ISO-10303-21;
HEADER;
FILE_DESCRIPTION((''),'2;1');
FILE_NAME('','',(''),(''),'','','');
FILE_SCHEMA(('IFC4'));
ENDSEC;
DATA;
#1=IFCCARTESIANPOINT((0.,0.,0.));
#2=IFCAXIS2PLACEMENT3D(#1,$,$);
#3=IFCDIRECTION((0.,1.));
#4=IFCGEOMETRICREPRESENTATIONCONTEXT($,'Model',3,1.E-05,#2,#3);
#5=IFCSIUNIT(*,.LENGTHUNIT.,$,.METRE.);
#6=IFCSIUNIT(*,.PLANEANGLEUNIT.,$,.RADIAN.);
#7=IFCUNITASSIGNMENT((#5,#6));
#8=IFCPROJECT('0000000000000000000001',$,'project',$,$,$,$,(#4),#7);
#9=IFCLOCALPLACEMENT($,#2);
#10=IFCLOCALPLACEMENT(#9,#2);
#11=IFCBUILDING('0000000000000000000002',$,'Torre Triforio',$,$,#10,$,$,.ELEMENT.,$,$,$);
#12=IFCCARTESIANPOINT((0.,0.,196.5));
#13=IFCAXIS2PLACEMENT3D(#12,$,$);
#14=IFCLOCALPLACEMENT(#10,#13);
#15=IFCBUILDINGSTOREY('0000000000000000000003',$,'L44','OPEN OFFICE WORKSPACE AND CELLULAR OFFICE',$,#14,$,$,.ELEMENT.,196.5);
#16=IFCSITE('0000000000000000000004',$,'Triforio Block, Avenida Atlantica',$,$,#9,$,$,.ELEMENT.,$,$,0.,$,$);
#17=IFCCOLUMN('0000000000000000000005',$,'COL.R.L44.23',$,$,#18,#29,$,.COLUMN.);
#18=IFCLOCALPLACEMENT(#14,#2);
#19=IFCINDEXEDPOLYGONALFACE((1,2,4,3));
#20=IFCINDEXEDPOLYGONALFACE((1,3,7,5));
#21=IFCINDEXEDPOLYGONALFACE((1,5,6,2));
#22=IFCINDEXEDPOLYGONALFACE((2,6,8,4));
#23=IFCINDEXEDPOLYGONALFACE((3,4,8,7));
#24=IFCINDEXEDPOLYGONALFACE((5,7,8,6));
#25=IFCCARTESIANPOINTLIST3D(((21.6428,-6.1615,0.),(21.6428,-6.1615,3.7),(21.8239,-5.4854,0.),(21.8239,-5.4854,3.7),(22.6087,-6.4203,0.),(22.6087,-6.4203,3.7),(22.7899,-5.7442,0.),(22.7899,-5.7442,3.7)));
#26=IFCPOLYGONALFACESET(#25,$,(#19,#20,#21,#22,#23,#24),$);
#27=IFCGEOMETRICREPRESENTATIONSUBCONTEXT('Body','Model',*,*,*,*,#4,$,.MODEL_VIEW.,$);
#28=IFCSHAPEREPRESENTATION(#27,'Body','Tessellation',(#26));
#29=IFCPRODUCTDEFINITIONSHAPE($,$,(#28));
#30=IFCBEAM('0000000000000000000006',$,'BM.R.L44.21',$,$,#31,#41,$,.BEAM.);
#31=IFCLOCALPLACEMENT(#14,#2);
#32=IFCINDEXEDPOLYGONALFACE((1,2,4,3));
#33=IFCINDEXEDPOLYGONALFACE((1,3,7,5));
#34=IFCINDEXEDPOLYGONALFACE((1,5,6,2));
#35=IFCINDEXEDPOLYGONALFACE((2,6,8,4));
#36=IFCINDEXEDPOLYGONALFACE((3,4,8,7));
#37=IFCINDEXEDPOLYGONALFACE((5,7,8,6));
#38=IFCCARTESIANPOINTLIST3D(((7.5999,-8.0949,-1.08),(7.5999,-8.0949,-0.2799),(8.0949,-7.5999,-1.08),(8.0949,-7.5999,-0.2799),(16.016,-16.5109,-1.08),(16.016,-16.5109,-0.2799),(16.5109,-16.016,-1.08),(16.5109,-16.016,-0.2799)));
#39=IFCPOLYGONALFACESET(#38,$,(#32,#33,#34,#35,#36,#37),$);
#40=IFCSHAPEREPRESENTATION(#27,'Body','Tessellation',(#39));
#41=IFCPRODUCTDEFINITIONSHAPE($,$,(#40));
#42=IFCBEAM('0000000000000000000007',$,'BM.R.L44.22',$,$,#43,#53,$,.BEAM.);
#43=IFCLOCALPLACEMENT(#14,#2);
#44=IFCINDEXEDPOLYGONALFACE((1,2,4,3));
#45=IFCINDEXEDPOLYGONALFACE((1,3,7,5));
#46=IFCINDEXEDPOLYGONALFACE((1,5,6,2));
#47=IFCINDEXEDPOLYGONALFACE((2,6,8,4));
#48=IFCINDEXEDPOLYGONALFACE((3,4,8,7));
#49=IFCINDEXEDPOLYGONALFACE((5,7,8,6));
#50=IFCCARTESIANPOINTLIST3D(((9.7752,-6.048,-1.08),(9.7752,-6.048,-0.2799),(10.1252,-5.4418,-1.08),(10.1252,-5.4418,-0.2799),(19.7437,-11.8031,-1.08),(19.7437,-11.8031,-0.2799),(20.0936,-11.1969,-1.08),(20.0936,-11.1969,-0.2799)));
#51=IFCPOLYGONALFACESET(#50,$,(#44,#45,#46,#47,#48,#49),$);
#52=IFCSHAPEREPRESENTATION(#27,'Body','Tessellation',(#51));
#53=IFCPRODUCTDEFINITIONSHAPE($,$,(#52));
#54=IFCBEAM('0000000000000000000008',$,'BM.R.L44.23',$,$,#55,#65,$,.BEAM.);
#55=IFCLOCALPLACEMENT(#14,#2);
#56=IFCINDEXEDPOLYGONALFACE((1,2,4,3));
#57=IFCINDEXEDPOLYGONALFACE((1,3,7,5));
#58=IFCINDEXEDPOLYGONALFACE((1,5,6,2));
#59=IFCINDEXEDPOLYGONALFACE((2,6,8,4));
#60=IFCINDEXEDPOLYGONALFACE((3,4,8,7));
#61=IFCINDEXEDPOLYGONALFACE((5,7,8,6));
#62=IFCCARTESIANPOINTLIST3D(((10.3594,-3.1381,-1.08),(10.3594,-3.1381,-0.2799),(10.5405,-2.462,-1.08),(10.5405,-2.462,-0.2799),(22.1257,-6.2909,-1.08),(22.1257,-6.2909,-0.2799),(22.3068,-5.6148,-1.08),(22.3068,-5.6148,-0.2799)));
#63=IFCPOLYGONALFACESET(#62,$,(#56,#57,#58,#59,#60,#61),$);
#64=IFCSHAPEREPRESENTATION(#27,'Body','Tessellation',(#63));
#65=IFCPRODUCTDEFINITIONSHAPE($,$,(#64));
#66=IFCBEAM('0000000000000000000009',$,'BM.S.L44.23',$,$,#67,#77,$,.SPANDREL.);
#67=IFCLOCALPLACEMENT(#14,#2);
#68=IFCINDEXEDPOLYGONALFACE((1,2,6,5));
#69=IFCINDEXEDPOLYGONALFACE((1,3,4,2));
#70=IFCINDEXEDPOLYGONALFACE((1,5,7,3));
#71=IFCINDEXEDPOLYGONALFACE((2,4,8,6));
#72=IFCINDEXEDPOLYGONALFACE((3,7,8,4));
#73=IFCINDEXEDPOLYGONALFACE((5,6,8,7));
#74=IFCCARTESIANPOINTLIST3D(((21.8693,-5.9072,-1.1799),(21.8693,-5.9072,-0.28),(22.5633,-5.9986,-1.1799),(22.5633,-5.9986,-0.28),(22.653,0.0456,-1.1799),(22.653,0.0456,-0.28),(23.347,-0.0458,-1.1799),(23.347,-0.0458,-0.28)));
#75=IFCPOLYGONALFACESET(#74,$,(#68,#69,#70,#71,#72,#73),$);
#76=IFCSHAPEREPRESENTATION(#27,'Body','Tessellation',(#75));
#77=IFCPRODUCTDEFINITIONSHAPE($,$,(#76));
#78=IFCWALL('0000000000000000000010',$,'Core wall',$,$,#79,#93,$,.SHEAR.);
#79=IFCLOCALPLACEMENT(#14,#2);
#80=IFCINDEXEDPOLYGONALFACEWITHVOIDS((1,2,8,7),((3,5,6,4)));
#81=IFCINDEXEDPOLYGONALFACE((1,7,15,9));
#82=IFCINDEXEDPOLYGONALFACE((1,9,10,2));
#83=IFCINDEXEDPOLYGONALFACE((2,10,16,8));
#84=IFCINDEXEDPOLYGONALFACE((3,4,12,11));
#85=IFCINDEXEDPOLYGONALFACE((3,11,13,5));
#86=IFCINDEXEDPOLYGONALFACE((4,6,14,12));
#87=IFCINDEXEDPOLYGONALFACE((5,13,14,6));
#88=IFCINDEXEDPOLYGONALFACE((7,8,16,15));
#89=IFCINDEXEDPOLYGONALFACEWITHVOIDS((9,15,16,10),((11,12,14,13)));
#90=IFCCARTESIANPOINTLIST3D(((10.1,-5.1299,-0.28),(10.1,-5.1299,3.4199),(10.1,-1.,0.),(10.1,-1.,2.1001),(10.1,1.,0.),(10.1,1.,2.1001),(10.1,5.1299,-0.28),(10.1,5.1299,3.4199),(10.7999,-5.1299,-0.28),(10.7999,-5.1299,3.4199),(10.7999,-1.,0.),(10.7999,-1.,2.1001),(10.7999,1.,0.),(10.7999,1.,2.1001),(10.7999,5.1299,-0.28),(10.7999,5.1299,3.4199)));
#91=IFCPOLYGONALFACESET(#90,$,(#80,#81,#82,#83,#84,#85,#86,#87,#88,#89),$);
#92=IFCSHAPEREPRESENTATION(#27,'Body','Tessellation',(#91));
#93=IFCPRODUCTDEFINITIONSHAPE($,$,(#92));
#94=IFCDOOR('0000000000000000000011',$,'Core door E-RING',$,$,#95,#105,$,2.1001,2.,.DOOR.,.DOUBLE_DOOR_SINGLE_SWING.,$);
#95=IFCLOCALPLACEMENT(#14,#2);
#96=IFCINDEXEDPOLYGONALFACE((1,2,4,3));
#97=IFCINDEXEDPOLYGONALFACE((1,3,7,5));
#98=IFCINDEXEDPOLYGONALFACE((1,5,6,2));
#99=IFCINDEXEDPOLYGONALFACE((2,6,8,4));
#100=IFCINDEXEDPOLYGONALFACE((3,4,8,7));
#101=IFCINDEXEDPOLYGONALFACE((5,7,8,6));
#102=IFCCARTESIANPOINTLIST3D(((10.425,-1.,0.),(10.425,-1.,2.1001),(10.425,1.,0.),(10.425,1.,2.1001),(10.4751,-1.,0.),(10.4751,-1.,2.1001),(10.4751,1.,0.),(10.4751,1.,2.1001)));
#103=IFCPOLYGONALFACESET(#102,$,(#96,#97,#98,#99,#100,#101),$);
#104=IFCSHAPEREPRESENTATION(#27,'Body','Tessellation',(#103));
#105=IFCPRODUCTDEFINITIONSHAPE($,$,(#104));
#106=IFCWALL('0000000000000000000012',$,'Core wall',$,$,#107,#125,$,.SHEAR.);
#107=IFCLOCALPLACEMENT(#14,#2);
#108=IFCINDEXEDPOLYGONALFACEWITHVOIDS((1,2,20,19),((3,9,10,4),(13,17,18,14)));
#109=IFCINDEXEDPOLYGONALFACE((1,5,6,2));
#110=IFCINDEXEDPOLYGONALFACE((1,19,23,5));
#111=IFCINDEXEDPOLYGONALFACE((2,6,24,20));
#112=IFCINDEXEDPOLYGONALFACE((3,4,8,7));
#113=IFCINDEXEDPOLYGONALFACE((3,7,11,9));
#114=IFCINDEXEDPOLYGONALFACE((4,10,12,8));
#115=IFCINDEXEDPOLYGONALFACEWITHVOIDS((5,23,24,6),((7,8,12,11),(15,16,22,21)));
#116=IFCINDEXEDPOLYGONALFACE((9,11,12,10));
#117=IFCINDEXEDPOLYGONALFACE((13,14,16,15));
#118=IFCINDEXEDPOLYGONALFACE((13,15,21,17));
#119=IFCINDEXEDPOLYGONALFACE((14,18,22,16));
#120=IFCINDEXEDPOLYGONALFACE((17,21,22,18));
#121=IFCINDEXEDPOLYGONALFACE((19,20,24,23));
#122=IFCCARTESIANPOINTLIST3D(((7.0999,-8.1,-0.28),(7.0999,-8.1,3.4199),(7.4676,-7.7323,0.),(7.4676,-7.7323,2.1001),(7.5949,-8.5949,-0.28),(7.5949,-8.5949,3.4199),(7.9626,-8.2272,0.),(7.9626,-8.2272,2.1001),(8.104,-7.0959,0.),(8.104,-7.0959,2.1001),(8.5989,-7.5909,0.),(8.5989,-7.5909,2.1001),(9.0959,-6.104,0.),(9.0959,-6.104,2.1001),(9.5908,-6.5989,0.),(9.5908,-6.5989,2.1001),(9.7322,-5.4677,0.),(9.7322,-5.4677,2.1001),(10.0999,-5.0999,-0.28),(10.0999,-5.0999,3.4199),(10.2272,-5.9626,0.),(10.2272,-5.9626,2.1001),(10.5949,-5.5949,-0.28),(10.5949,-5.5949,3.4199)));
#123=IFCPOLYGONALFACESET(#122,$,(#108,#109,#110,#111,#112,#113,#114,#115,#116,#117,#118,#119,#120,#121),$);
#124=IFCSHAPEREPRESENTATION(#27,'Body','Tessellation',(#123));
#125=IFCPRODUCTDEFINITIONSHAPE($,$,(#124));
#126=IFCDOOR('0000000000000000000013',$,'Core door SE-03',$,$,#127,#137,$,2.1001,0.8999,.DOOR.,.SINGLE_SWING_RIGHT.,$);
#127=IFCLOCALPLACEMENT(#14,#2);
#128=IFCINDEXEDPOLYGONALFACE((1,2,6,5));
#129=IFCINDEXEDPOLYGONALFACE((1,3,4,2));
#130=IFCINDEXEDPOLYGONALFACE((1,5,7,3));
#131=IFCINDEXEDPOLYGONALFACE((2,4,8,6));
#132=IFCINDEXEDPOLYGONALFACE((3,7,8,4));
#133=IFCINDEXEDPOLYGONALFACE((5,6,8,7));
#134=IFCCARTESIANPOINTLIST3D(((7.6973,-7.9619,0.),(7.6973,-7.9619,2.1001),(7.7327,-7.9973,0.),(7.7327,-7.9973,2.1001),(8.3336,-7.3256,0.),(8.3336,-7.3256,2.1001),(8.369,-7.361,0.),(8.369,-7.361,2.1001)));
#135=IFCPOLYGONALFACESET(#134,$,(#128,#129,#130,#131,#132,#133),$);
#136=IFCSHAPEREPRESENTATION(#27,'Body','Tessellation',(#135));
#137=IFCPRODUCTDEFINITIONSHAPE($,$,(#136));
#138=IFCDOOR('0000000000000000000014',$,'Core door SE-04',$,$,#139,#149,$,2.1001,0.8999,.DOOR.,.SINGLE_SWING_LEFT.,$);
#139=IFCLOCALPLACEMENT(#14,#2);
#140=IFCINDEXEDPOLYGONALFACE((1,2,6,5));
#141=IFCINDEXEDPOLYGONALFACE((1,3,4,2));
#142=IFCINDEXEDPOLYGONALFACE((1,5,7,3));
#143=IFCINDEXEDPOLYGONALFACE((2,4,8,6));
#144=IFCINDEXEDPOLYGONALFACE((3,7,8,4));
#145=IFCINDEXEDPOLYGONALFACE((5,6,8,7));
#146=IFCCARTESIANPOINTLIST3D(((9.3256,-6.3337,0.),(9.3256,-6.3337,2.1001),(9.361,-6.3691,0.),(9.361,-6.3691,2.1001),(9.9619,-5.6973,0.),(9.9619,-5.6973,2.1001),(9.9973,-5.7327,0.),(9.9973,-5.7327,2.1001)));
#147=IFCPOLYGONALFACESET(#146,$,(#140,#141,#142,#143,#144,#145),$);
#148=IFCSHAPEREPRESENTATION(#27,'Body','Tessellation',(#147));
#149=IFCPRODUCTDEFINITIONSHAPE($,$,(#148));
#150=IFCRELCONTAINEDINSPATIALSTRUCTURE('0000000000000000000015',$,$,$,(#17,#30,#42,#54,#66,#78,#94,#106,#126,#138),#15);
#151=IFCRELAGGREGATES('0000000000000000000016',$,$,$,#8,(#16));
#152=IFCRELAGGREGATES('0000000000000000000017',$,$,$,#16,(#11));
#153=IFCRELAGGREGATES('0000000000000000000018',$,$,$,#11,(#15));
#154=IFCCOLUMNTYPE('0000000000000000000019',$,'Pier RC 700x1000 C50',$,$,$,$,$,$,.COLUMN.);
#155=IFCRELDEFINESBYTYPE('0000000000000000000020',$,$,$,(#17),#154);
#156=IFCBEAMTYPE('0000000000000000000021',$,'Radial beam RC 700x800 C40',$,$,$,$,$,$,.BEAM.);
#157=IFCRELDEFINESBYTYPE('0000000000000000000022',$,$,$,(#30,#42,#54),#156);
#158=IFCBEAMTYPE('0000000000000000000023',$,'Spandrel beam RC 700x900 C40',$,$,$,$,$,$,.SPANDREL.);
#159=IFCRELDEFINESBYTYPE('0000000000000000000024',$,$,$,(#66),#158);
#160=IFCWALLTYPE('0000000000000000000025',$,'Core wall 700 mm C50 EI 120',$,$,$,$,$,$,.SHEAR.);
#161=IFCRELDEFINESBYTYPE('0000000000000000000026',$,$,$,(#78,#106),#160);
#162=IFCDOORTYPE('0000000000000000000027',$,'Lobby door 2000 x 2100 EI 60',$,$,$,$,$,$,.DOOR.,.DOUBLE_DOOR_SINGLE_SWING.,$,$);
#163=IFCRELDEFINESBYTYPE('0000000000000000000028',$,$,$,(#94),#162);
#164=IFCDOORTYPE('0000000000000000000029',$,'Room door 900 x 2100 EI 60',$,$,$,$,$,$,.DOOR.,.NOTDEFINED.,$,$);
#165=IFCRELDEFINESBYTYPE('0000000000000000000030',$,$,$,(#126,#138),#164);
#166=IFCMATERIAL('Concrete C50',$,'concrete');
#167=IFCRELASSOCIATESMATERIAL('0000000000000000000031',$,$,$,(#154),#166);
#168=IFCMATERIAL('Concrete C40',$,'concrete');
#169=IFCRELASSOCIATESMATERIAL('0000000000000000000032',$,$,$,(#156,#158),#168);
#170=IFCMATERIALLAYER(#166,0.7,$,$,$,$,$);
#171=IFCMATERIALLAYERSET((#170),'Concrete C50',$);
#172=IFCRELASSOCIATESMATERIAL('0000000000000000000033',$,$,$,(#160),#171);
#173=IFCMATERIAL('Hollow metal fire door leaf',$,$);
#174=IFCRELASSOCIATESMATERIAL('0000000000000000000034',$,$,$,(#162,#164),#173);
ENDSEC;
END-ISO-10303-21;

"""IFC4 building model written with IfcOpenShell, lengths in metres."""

from ifc_helpers import new_model, si_unit, direction, frame, frame_2d, origin, origin_2d, place, context, subcontext, project, spatial, rectangle, extrude, material, layer, layer_set, material_profile, profile_set, type_object, element, fill, save


model = new_model("IFC4")

# Units and contexts
model_context = context("Model", 3, precision=1e-05, world=origin(), true_north=direction((0.0, 1.0)))
body_context = subcontext(model_context, "Body", "Model", "MODEL_VIEW")
ifc_project = project(units=[si_unit("LENGTHUNIT", "METRE"), si_unit("PLANEANGLEUNIT", "RADIAN")], contexts=[model_context])

# Site, building, storey
site_placement = place(None, origin())
site = spatial("IfcSite", under=ifc_project, at=site_placement, Name="Triforio Block, Avenida Atlantica", CompositionType="ELEMENT", RefElevation=0.0)
building_placement = place(site_placement, origin())
building = spatial("IfcBuilding", under=site, at=building_placement, Name="Torre Triforio", CompositionType="ELEMENT")
storey_placement = place(building_placement, frame((0.0, 0.0, 196.5)))
storey = spatial("IfcBuildingStorey", under=building, at=storey_placement, Name="L44", Description="OPEN OFFICE WORKSPACE AND CELLULAR OFFICE", CompositionType="ELEMENT", Elevation=196.5)

# Column
ifc_material_1 = material(Name="Concrete C50", Category="concrete")
ifc_material_profile_1 = material_profile(ifc_material_1, rectangle(XDim=0.7, YDim=1.0, at=origin_2d()), Name="RC 700x1000")
ifc_profile_set_1 = profile_set([ifc_material_profile_1], Name="Concrete C50")
column_type = type_object("IfcColumnType", Name="Pier RC 700x1000 C50", PredefinedType="COLUMN", material=ifc_profile_set_1)
column_placement = place(storey_placement, frame((22.2163, -5.9529, 0.0), z_axis=(0.0, 0.0, 1.0), x_axis=(0.258819, 0.965926, 0.0)))
element("IfcColumn", 1, at=column_placement, inside=storey, type_object=column_type, Name="COL.R.L44.23", PredefinedType="COLUMN", context=body_context, shape_type="SweptSolid", body=[
    extrude(rectangle(XDim=0.7, YDim=1.0, at=origin_2d()), origin(), (0.0, 0.0, 1.0), 3.7),
])

# Beams
ifc_material_2 = material(Name="Concrete C40", Category="concrete")
ifc_material_profile_2 = material_profile(ifc_material_2, rectangle(XDim=0.7, YDim=0.8, at=origin_2d()), Name="RC 700x800")
ifc_profile_set_2 = profile_set([ifc_material_profile_2], Name="Concrete C40")
beam_type_1 = type_object("IfcBeamType", Name="Radial beam RC 700x800 C40", PredefinedType="BEAM", material=ifc_profile_set_2)
beam_1_placement = place(storey_placement, frame((7.8474, -7.8474, -0.6799), z_axis=(0.707107, -0.707107, 0.0), x_axis=(0.707107, 0.707107, 0.0)))
element("IfcBeam", 2, at=beam_1_placement, inside=storey, type_object=beam_type_1, Name="BM.R.L44.21", PredefinedType="BEAM", context=body_context, shape_type="SweptSolid", body=[
    extrude(rectangle(XDim=0.7, YDim=0.8, at=origin_2d()), origin(), (0.0, 0.0, 1.0), 11.9021),
])
beam_2_placement = place(storey_placement, frame((9.9502, -5.7449, -0.6799), z_axis=(0.866033, -0.499987, 0.0), x_axis=(0.499987, 0.866033, 0.0)))
element("IfcBeam", 3, at=beam_2_placement, inside=storey, type_object=beam_type_1, Name="BM.R.L44.22", PredefinedType="BEAM", context=body_context, shape_type="SweptSolid", body=[
    extrude(rectangle(XDim=0.7, YDim=0.8, at=origin_2d()), origin(), (0.0, 0.0, 1.0), 11.5105),
])
beam_3_placement = place(storey_placement, frame((10.45, -2.8, -0.6799), z_axis=(0.965925, -0.258823, 0.0), x_axis=(0.258823, 0.965925, 0.0)))
element("IfcBeam", 4, at=beam_3_placement, inside=storey, type_object=beam_type_1, Name="BM.R.L44.23", PredefinedType="BEAM", context=body_context, shape_type="SweptSolid", body=[
    extrude(rectangle(XDim=0.7, YDim=0.8, at=origin_2d()), origin(), (0.0, 0.0, 1.0), 12.1814),
])
ifc_material_profile_3 = material_profile(ifc_material_2, rectangle(XDim=0.7, YDim=0.8999, at=origin_2d()), Name="RC 700x900")
ifc_profile_set_3 = profile_set([ifc_material_profile_3], Name="Concrete C40")
beam_type_2 = type_object("IfcBeamType", Name="Spandrel beam RC 700x900 C40", PredefinedType="SPANDREL", material=ifc_profile_set_3)
beam_4_placement = place(storey_placement, frame((22.2163, -5.9529, -0.73), z_axis=(0.130523, 0.991445, 0.0), x_axis=(-0.991445, 0.130523, 0.0)))
element("IfcBeam", 5, at=beam_4_placement, inside=storey, type_object=beam_type_2, Name="BM.S.L44.23", PredefinedType="SPANDREL", context=body_context, shape_type="SweptSolid", body=[
    extrude(rectangle(XDim=0.7, YDim=0.8999, at=origin_2d()), origin(), (0.0, 0.0, 1.0), 6.0042),
])

# Wall, opening, door
ifc_layer_1 = layer(ifc_material_1, 0.7)
ifc_layer_set_1 = layer_set([ifc_layer_1], Name="Concrete C50")
wall_type_1 = type_object("IfcWallType", Name="Core wall 700 mm C50 EI 120", PredefinedType="SHEAR", material=ifc_layer_set_1)
wall_1_placement = place(storey_placement, frame((10.45, -5.1299, -0.28), z_axis=(0.0, 0.0, 1.0), x_axis=(0.0, 1.0, 0.0)))
wall_1 = element("IfcWall", 6, at=wall_1_placement, inside=storey, type_object=wall_type_1, Name="Core wall", PredefinedType="SHEAR", context=body_context, shape_type="SweptSolid", body=[
    extrude(rectangle(XDim=10.2598, YDim=0.7, at=frame_2d((5.1299, 0.0))), origin(), (0.0, 0.0, 1.0), 3.7),
])
opening_1_placement = place(wall_1_placement, frame((4.1299, 0.0, 0.28)))
opening_1 = element("IfcOpeningElement", 7, at=opening_1_placement, cuts=wall_1, PredefinedType="OPENING", context=body_context, shape_type="SweptSolid", body=[
    extrude(rectangle(XDim=2.0, YDim=2.1001, at=frame_2d((1.0, 1.05))), frame((0.0, 0.3599, 0.0), z_axis=(0.0, -1.0, 0.0), x_axis=(1.0, 0.0, 0.0)), (0.0, 0.0, 1.0), 0.72),
])
ifc_material_3 = material(Name="Hollow metal fire door leaf")
door_type_1 = type_object("IfcDoorType", Name="Lobby door 2000 x 2100 EI 60", OperationType="DOUBLE_DOOR_SINGLE_SWING", PredefinedType="DOOR", material=ifc_material_3)
door_1_placement = place(opening_1_placement, origin())
door_1 = element("IfcDoor", 8, at=door_1_placement, inside=storey, type_object=door_type_1, Name="Core door E-RING", OperationType="DOUBLE_DOOR_SINGLE_SWING", OverallHeight=2.1001, OverallWidth=2.0, PredefinedType="DOOR", context=body_context, shape_type="SweptSolid", body=[
    extrude(rectangle(XDim=2.0, YDim=2.1001, at=frame_2d((1.0, 1.05))), frame((0.0, 0.0249, 0.0), z_axis=(0.0, -1.0, 0.0), x_axis=(1.0, 0.0, 0.0)), (0.0, 0.0, 1.0), 0.05),
])
fill(opening_1, door_1)

# Wall, openings, doors
wall_2_placement = place(storey_placement, frame((10.3474, -5.3474, -0.28), z_axis=(0.0, 0.0, 1.0), x_axis=(-0.707107, -0.707107, 0.0)))
wall_2 = element("IfcWall", 9, at=wall_2_placement, inside=storey, type_object=wall_type_1, Name="Core wall", PredefinedType="SHEAR", context=body_context, shape_type="SweptSolid", body=[
    extrude(rectangle(XDim=4.2427, YDim=0.7, at=frame_2d((2.1213, 0.0))), origin(), (0.0, 0.0, 1.0), 3.7),
])
opening_2_placement = place(wall_2_placement, frame((2.8228, 0.0, 0.28)))
opening_2 = element("IfcOpeningElement", 10, at=opening_2_placement, cuts=wall_2, PredefinedType="OPENING", context=body_context, shape_type="SweptSolid", body=[
    extrude(rectangle(XDim=0.8999, YDim=2.1001, at=frame_2d((0.45, 1.05))), frame((0.0, 0.3599, 0.0), z_axis=(0.0, -1.0, 0.0), x_axis=(1.0, 0.0, 0.0)), (0.0, 0.0, 1.0), 0.72),
])
opening_3_placement = place(wall_2_placement, frame((0.52, 0.0, 0.28)))
opening_3 = element("IfcOpeningElement", 11, at=opening_3_placement, cuts=wall_2, PredefinedType="OPENING", context=body_context, shape_type="SweptSolid", body=[
    extrude(rectangle(XDim=0.8999, YDim=2.1001, at=frame_2d((0.45, 1.05))), frame((0.0, 0.3599, 0.0), z_axis=(0.0, -1.0, 0.0), x_axis=(1.0, 0.0, 0.0)), (0.0, 0.0, 1.0), 0.72),
])
door_type_2 = type_object("IfcDoorType", Name="Room door 900 x 2100 EI 60", OperationType="NOTDEFINED", PredefinedType="DOOR", material=ifc_material_3)
door_2_placement = place(opening_2_placement, origin())
door_2 = element("IfcDoor", 12, at=door_2_placement, inside=storey, type_object=door_type_2, Name="Core door SE-03", OperationType="SINGLE_SWING_RIGHT", OverallHeight=2.1001, OverallWidth=0.8999, PredefinedType="DOOR", context=body_context, shape_type="SweptSolid", body=[
    extrude(rectangle(XDim=0.8999, YDim=2.1001, at=frame_2d((0.45, 1.05))), frame((0.0, 0.0249, 0.0), z_axis=(0.0, -1.0, 0.0), x_axis=(1.0, 0.0, 0.0)), (0.0, 0.0, 1.0), 0.05),
])
fill(opening_2, door_2)
door_3_placement = place(opening_3_placement, origin())
door_3 = element("IfcDoor", 13, at=door_3_placement, inside=storey, type_object=door_type_2, Name="Core door SE-04", OperationType="SINGLE_SWING_LEFT", OverallHeight=2.1001, OverallWidth=0.8999, PredefinedType="DOOR", context=body_context, shape_type="SweptSolid", body=[
    extrude(rectangle(XDim=0.8999, YDim=2.1001, at=frame_2d((0.45, 1.05))), frame((0.0, 0.0249, 0.0), z_axis=(0.0, -1.0, 0.0), x_axis=(1.0, 0.0, 0.0)), (0.0, 0.0, 1.0), 0.05),
])
fill(opening_3, door_3)

save(model, "model.ifc")
